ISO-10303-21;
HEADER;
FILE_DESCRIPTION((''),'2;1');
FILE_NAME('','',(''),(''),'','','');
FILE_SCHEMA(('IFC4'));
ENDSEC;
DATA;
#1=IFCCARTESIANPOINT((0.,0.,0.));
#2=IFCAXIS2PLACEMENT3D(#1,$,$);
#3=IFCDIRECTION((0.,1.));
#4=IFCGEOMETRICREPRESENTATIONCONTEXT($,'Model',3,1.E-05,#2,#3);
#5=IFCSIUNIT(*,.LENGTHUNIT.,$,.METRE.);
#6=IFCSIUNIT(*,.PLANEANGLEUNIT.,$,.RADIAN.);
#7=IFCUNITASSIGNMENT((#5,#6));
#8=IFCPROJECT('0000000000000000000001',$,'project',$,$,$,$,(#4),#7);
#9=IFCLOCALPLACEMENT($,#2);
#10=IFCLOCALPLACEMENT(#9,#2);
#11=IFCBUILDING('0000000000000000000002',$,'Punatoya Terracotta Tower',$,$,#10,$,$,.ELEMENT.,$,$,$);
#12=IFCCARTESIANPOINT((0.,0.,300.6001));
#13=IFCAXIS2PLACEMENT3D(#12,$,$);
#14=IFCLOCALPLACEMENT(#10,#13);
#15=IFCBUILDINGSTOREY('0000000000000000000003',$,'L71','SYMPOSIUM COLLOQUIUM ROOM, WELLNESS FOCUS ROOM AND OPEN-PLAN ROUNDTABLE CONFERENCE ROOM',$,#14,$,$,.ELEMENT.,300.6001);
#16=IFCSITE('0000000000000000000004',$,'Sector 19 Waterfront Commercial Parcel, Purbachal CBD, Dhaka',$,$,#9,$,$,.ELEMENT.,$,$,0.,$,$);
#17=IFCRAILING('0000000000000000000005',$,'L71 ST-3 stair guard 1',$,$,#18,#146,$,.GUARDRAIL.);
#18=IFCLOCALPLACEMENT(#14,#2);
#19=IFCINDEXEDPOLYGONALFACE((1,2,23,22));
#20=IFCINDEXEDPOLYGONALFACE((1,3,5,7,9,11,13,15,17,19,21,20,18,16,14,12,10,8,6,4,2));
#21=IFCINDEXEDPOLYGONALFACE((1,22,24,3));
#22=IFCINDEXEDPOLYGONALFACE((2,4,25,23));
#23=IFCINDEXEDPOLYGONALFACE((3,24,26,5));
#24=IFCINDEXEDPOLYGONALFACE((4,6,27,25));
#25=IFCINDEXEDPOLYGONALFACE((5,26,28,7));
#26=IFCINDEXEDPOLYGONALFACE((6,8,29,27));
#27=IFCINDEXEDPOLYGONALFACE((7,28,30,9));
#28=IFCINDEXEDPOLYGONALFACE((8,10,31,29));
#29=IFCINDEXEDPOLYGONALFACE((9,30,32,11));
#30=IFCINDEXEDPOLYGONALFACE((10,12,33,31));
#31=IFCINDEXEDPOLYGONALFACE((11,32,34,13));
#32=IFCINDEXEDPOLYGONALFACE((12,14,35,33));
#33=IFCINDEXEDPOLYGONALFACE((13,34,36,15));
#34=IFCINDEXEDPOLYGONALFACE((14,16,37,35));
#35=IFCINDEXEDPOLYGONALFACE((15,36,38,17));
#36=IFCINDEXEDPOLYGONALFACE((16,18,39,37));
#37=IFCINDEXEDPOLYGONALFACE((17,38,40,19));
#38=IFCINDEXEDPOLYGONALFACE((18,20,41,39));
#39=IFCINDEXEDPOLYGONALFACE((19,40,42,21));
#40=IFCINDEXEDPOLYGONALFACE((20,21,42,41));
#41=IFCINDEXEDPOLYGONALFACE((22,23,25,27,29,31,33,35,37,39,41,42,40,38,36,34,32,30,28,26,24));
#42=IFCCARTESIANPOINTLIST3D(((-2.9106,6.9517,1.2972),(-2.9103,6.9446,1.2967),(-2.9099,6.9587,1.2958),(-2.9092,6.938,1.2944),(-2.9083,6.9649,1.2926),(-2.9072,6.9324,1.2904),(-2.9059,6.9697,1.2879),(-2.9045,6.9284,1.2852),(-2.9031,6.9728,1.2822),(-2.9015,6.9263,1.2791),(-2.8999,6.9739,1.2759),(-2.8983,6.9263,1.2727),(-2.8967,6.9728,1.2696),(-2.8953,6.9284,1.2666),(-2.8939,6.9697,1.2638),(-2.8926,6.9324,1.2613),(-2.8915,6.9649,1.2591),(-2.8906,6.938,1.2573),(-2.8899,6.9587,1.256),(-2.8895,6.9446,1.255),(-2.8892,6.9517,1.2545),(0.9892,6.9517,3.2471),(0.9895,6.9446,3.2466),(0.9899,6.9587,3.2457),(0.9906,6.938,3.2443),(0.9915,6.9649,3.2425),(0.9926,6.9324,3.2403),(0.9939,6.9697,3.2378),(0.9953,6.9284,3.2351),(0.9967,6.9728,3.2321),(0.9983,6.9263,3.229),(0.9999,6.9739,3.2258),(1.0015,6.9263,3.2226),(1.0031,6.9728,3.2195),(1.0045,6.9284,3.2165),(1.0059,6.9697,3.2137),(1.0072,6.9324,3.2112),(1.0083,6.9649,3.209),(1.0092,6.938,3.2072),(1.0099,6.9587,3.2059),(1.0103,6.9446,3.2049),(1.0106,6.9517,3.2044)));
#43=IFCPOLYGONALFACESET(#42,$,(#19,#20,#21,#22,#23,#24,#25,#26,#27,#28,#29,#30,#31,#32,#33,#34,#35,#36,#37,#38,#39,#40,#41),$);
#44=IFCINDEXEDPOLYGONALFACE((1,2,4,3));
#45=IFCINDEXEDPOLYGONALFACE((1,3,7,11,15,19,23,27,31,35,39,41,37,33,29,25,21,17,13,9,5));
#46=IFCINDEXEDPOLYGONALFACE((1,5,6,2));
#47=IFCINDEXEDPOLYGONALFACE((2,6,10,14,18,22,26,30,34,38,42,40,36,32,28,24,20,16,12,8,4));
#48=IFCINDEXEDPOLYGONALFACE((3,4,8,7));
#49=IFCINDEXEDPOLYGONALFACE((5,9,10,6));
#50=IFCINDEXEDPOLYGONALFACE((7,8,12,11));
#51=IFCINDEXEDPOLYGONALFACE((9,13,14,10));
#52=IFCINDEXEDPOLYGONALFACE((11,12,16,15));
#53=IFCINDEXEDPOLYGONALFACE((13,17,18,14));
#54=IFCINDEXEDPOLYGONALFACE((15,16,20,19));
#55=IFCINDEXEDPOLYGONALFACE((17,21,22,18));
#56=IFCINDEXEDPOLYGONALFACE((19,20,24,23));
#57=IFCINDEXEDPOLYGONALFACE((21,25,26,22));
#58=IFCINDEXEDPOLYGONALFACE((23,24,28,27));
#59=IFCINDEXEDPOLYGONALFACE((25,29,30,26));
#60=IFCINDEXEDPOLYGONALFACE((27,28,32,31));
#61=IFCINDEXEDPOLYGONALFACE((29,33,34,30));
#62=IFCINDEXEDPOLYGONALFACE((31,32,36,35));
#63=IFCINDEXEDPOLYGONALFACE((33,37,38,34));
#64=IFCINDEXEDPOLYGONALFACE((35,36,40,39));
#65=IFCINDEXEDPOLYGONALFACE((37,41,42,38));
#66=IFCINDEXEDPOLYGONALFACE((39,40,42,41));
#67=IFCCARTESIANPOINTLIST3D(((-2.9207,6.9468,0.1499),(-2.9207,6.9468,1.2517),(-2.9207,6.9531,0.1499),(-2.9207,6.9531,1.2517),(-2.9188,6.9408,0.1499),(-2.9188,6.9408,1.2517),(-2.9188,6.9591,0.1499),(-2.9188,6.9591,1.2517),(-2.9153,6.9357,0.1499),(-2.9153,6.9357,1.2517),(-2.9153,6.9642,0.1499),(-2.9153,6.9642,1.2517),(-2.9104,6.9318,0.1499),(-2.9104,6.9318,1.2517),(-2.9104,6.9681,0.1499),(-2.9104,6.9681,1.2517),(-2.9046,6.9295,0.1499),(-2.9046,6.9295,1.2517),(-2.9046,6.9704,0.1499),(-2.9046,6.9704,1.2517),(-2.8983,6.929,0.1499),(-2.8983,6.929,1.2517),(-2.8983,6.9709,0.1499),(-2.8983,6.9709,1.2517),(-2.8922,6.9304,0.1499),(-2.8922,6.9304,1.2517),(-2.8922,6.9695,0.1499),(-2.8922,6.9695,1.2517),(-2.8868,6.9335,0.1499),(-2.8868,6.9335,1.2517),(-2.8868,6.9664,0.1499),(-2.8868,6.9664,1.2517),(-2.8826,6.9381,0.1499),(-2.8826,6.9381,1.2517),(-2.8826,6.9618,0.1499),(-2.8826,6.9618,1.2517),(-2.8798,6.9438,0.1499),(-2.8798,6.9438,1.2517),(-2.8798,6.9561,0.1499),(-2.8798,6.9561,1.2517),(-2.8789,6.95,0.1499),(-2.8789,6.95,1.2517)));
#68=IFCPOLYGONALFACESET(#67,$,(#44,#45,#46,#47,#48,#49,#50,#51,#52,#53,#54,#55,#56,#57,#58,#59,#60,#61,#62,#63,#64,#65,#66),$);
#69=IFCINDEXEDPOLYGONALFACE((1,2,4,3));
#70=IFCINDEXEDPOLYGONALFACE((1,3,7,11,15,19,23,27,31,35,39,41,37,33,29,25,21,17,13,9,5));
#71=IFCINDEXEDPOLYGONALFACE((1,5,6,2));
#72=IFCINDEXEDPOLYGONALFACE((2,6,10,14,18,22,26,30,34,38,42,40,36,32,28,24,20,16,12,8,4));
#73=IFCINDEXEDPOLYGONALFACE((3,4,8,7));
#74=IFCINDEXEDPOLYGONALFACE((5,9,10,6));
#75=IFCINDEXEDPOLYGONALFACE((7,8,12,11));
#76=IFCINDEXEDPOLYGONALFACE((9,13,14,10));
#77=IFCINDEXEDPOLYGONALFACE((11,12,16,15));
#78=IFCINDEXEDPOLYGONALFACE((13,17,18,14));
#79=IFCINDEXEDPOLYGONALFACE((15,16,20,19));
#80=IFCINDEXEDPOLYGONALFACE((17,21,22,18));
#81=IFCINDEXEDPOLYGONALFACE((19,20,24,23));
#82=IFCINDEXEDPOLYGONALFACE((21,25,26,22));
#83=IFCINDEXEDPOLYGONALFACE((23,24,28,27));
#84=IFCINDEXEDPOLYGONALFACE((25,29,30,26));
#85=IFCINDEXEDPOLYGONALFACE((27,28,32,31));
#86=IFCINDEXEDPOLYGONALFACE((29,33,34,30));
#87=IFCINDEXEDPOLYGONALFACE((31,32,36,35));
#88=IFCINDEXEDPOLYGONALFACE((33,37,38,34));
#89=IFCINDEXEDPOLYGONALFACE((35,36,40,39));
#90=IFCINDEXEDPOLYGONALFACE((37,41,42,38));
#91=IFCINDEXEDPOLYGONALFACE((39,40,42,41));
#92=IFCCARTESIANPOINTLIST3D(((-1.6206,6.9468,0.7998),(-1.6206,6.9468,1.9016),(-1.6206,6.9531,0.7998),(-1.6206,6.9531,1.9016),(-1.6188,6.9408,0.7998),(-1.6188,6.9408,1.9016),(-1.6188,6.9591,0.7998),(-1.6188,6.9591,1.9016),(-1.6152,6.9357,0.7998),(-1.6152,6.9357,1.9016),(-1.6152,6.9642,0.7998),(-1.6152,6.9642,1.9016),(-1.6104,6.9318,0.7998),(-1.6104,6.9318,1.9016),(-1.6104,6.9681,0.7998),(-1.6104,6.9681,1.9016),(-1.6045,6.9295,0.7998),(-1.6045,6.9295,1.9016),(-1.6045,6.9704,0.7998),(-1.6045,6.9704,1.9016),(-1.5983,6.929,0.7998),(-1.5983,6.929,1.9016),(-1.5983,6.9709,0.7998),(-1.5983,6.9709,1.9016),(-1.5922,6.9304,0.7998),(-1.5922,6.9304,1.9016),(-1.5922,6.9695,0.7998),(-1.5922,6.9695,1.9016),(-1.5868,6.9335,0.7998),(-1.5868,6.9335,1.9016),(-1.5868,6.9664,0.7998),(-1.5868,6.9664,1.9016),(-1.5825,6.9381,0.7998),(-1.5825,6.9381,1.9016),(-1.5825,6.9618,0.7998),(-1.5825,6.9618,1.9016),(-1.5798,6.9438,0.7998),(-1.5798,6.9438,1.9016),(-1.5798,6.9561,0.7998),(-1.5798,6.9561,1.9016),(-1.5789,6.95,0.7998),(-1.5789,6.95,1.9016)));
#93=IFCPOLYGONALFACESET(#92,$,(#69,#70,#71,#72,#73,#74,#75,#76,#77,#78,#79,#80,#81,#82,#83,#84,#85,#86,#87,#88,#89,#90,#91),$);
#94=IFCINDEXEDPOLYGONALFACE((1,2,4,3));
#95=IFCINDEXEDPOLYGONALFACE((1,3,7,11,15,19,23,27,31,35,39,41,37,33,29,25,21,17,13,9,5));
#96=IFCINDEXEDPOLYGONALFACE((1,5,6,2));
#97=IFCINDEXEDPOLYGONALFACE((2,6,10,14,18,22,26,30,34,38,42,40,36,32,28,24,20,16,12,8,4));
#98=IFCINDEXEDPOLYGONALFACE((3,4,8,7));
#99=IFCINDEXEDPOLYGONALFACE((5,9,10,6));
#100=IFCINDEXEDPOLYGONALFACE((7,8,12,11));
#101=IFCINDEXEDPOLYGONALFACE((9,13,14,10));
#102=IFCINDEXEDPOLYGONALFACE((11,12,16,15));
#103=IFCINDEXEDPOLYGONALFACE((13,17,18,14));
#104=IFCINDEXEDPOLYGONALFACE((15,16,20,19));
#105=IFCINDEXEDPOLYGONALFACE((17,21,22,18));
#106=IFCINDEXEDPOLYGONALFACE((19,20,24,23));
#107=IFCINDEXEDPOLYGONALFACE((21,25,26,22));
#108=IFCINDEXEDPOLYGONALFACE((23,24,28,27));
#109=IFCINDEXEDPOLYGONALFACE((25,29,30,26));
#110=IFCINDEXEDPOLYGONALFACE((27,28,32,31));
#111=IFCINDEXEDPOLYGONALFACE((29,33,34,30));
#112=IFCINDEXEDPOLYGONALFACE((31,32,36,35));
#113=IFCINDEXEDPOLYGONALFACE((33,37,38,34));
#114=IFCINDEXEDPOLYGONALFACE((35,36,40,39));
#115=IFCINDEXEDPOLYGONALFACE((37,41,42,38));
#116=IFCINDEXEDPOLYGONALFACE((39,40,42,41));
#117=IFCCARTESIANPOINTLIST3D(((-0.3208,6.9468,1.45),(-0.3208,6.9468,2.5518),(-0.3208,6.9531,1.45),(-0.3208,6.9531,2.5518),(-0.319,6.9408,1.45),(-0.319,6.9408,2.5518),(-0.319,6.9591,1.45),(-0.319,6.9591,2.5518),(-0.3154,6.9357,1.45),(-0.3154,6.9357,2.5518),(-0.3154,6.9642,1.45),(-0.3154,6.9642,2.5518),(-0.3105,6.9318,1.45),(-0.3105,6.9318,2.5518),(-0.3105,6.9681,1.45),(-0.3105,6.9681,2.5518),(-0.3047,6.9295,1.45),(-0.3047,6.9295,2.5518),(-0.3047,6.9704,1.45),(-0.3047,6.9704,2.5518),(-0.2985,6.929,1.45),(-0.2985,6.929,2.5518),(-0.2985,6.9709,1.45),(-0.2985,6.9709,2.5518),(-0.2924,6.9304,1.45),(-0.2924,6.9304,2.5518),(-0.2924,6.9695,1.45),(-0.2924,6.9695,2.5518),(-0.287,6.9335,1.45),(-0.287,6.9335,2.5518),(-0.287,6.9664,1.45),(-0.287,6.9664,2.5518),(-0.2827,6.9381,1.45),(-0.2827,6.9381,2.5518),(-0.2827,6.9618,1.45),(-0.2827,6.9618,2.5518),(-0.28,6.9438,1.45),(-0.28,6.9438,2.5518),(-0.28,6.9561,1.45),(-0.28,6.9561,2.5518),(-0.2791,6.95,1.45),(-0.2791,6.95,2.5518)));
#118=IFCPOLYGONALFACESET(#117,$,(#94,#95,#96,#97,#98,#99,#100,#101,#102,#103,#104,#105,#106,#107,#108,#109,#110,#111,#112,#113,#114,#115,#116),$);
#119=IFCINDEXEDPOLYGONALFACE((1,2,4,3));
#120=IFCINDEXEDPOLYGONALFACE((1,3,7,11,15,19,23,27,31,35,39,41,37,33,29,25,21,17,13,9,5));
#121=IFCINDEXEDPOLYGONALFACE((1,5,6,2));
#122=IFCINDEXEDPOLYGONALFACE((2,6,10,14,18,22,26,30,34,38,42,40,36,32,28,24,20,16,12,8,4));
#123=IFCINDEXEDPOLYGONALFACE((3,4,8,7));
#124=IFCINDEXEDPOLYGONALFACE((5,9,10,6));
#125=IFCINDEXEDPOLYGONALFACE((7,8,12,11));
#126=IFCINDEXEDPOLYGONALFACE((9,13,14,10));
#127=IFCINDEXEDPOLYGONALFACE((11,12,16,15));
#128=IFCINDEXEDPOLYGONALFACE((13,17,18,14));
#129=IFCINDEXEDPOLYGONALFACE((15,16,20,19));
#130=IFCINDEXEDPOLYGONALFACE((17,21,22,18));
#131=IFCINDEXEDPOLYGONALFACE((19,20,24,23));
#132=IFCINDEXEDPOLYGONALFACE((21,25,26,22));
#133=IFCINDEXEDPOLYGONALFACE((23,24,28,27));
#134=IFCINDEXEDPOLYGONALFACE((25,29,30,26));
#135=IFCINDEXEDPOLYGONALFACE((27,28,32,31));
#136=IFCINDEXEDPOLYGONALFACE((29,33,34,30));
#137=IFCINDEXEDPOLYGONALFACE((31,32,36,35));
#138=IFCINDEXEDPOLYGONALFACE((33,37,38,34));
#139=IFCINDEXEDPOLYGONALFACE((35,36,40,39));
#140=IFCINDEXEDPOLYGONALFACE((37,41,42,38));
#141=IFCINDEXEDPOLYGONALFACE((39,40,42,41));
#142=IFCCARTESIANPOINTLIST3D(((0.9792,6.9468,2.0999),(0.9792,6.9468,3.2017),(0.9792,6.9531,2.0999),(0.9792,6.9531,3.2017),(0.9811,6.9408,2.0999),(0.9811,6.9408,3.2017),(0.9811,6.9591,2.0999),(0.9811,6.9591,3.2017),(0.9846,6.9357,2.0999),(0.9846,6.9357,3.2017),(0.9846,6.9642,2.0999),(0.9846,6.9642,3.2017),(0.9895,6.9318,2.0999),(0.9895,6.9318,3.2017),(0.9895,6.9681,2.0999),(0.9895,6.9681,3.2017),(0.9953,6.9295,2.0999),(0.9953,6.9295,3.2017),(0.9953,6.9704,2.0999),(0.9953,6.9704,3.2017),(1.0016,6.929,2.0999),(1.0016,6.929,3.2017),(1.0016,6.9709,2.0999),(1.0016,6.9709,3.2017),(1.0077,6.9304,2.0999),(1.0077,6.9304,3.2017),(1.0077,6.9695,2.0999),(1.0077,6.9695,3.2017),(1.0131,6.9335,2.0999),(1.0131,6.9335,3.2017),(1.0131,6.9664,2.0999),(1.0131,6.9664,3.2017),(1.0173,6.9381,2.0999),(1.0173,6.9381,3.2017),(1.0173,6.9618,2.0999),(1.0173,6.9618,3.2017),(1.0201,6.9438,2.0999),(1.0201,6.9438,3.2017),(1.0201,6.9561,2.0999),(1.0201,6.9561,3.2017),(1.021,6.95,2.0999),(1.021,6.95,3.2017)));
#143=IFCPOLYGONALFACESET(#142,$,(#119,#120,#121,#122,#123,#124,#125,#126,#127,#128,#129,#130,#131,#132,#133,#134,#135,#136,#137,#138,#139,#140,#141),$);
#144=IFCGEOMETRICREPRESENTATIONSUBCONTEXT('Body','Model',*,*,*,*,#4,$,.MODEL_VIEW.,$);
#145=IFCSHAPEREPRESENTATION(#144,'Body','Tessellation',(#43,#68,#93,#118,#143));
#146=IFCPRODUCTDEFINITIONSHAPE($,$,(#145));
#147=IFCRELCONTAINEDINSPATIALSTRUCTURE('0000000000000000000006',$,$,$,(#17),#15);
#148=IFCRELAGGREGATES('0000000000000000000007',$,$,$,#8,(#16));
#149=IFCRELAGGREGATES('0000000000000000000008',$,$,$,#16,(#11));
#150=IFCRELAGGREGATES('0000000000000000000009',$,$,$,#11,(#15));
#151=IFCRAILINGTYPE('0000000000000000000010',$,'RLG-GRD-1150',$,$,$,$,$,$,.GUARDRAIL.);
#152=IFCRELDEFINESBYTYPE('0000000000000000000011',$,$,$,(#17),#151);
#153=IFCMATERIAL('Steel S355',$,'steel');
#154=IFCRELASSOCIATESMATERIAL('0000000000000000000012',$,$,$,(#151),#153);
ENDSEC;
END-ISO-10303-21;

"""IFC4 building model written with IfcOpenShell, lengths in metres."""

from ifc_helpers import new_model, si_unit, direction, frame, origin, origin_2d, place, context, subcontext, project, spatial, circle, extrude, material, type_object, element, save


model = new_model("IFC4")

# Units and contexts
model_context = context("Model", 3, precision=1e-05, world=origin(), true_north=direction((0.0, 1.0)))
body_context = subcontext(model_context, "Body", "Model", "MODEL_VIEW")
ifc_project = project(units=[si_unit("LENGTHUNIT", "METRE"), si_unit("PLANEANGLEUNIT", "RADIAN")], contexts=[model_context])

# Site, building, storey
site_placement = place(None, origin())
site = spatial("IfcSite", under=ifc_project, at=site_placement, Name="Sector 19 Waterfront Commercial Parcel, Purbachal CBD, Dhaka", CompositionType="ELEMENT", RefElevation=0.0)
building_placement = place(site_placement, origin())
building = spatial("IfcBuilding", under=site, at=building_placement, Name="Punatoya Terracotta Tower", CompositionType="ELEMENT")
storey_placement = place(building_placement, frame((0.0, 0.0, 300.6001)))
storey = spatial("IfcBuildingStorey", under=building, at=storey_placement, Name="L71", Description="SYMPOSIUM COLLOQUIUM ROOM, WELLNESS FOCUS ROOM AND OPEN-PLAN ROUNDTABLE CONFERENCE ROOM", CompositionType="ELEMENT", Elevation=300.6001)

# Shared definitions
ifc_material_1 = material(Name="Steel S355", Category="steel")

# Railing
railing_type_1 = type_object("IfcRailingType", Name="RLG-GRD-1150", PredefinedType="GUARDRAIL", material=ifc_material_1)
railing_1_placement = place(storey_placement, frame((-2.8999, 6.95, 0.1499)))
element("IfcRailing", 1, at=railing_1_placement, inside=storey, type_object=railing_type_1, Name="L71 ST-3 stair guard 1", PredefinedType="GUARDRAIL", context=body_context, shape_type="SweptSolid", body=[
    extrude(circle(Radius=0.0239, at=origin_2d()), frame((0.0, 0.0, 1.126), z_axis=(0.894427, 0.0, 0.447214), x_axis=(0.0, 1.0, 0.0)), (0.0, 0.0, 1.0), 4.3601),
    extrude(circle(Radius=0.021, at=origin_2d()), origin(), (0.0, 0.0, 1.0), 1.1018),
    extrude(circle(Radius=0.021, at=origin_2d()), frame((1.3, 0.0, 0.6499)), (0.0, 0.0, 1.0), 1.1018),
    extrude(circle(Radius=0.021, at=origin_2d()), frame((2.5999, 0.0, 1.3)), (0.0, 0.0, 1.0), 1.1018),
    extrude(circle(Radius=0.021, at=origin_2d()), frame((3.8999, 0.0, 1.95)), (0.0, 0.0, 1.0), 1.1018),
])

save(model, "model.ifc")
